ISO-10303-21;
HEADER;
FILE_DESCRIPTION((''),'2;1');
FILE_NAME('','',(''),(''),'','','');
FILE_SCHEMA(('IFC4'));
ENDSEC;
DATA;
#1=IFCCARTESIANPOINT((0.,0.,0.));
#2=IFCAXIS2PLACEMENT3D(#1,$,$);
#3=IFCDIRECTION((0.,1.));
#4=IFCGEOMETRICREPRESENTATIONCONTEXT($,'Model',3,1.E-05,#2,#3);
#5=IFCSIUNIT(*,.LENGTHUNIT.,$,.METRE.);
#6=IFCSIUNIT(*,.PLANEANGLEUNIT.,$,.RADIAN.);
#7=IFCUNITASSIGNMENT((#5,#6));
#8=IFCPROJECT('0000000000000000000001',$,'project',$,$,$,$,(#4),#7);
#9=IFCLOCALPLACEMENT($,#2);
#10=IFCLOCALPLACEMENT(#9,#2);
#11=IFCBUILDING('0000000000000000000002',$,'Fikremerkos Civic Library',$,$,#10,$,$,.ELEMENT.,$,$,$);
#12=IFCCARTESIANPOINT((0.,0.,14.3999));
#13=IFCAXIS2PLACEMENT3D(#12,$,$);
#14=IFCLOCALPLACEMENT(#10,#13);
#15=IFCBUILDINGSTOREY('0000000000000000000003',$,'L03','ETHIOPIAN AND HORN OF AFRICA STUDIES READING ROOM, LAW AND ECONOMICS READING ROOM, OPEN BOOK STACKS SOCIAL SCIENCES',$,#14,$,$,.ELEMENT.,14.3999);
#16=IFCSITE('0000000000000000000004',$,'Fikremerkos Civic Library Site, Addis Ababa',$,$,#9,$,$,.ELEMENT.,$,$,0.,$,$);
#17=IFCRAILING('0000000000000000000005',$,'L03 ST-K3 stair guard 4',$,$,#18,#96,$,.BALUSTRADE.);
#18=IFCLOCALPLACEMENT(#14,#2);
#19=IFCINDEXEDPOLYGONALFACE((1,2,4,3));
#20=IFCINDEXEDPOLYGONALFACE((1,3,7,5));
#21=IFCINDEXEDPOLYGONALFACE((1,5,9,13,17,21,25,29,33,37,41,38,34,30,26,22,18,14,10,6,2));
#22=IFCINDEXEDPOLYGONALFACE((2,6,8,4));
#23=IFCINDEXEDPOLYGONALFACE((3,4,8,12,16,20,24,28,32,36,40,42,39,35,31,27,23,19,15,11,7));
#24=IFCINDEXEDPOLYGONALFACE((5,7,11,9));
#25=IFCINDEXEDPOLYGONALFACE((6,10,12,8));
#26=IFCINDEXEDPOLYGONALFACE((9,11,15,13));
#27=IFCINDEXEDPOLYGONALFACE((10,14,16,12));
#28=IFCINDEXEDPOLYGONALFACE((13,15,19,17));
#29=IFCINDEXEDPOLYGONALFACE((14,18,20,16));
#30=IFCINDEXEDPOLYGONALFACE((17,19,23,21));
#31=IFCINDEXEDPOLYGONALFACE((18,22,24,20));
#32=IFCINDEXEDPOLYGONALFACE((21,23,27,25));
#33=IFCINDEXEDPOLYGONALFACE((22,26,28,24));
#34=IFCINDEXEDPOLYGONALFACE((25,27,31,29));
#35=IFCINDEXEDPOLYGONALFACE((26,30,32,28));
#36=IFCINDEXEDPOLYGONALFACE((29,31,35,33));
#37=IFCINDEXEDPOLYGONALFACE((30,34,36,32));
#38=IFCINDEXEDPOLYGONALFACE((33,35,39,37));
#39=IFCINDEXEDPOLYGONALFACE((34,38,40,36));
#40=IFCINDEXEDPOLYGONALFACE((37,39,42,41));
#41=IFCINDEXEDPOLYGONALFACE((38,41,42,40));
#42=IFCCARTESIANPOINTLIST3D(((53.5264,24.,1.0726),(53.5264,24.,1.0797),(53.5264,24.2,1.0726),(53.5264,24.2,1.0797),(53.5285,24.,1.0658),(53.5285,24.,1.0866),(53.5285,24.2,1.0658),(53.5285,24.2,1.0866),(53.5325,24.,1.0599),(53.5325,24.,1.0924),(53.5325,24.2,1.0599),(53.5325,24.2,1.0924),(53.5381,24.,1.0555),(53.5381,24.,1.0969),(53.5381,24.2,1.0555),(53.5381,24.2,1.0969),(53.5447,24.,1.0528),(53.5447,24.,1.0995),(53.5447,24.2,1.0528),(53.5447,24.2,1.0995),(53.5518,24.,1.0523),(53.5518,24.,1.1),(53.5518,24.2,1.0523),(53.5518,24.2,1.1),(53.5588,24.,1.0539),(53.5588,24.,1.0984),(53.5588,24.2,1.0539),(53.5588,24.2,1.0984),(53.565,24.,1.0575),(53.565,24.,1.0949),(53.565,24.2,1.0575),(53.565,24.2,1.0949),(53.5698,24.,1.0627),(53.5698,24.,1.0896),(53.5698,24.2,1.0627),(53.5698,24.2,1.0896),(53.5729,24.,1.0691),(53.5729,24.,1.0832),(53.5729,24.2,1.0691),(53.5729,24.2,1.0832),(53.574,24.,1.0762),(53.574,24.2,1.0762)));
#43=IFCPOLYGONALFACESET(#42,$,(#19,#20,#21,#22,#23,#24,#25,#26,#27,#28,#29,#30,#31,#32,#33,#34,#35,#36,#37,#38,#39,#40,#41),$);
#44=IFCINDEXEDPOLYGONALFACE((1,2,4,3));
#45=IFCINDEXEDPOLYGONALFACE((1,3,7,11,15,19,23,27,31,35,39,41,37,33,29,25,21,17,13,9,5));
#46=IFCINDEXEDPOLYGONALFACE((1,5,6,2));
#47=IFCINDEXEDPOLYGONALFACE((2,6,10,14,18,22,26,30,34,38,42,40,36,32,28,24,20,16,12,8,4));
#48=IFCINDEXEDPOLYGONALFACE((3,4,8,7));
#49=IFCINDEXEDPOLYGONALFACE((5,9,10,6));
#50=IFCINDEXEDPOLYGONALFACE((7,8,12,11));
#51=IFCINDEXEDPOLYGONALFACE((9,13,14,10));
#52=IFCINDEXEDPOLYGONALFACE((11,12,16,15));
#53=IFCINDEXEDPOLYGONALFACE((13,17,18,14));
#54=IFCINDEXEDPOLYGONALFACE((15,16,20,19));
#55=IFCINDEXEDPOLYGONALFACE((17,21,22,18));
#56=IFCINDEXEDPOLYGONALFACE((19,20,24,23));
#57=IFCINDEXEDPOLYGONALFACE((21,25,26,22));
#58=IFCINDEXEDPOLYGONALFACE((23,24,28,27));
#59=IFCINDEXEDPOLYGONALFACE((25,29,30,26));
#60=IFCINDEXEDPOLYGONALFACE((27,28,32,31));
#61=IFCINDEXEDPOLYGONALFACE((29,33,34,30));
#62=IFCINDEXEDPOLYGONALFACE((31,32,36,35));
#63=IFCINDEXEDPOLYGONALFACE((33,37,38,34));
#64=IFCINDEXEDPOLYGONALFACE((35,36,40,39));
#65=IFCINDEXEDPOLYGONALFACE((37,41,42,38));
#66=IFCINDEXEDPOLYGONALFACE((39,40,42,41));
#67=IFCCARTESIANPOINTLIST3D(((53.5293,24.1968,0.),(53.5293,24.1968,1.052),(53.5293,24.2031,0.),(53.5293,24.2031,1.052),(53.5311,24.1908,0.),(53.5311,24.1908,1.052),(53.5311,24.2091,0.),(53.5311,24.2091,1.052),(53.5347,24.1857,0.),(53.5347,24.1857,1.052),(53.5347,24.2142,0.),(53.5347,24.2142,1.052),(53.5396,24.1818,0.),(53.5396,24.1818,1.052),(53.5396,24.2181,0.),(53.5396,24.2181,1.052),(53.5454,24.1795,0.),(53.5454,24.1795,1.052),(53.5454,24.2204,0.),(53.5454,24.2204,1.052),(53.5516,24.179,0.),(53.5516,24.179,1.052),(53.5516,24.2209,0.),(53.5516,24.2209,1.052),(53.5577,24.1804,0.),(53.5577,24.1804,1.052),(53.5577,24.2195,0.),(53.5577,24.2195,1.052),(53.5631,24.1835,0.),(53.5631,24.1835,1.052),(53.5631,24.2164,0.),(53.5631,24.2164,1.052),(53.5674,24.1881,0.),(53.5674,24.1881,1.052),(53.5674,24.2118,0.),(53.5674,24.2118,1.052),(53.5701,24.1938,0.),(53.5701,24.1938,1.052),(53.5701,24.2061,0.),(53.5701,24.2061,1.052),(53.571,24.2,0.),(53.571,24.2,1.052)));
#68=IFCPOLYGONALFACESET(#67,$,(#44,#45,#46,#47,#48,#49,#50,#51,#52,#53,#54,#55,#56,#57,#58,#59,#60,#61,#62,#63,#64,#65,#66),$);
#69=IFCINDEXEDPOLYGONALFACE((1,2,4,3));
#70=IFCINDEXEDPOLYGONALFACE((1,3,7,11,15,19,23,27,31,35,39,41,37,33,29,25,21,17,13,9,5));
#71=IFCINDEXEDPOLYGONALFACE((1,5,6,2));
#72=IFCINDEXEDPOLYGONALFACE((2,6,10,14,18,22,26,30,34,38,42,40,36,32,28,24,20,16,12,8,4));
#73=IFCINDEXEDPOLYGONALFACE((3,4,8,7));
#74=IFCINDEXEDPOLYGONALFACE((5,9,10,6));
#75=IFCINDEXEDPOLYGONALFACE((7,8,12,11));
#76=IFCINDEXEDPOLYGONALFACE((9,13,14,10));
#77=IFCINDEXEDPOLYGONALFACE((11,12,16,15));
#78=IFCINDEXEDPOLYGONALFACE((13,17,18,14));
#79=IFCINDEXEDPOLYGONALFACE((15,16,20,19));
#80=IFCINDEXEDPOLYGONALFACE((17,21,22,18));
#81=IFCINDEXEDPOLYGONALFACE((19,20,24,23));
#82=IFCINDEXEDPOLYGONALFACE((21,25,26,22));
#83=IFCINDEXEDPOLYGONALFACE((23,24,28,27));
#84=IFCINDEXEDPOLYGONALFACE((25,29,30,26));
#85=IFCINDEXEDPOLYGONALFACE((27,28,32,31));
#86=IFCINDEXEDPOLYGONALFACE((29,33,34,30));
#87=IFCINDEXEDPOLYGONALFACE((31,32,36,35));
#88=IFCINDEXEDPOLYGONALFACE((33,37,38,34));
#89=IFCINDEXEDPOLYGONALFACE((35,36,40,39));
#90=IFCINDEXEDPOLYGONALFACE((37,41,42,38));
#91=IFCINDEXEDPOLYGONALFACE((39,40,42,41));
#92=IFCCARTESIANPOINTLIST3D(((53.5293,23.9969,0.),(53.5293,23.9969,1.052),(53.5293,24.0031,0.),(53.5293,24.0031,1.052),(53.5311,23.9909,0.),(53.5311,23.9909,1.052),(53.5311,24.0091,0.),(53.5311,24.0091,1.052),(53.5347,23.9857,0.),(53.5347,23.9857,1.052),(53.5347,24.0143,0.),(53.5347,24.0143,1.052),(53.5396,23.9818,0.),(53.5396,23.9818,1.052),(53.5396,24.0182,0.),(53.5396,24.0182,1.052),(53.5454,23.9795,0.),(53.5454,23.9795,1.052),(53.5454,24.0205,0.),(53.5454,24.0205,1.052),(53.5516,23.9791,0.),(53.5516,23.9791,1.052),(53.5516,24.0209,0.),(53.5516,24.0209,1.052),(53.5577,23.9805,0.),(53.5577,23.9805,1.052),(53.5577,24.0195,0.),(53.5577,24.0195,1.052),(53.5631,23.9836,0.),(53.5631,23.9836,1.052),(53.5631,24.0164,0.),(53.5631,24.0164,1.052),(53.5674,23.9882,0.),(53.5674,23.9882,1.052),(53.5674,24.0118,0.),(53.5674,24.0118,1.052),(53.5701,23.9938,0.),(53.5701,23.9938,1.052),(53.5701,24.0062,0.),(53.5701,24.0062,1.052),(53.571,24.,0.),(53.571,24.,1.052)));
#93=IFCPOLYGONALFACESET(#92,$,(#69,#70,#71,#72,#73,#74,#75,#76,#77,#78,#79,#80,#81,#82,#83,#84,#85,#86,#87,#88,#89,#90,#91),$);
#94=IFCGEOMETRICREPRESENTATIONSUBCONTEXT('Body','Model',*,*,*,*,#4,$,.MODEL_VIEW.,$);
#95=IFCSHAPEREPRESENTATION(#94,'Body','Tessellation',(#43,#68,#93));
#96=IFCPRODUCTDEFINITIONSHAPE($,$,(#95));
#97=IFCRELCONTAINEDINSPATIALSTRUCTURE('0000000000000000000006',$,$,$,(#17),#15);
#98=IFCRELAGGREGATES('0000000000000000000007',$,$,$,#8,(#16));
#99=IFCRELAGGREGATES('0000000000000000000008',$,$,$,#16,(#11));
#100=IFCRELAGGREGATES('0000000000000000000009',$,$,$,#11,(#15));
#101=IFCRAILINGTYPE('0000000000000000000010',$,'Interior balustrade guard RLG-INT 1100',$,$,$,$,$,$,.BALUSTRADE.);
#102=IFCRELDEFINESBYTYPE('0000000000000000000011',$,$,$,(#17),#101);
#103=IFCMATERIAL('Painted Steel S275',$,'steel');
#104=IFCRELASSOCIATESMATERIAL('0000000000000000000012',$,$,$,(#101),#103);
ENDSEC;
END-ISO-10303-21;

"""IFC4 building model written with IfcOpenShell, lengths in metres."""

from ifc_helpers import new_model, si_unit, direction, frame, origin, origin_2d, place, context, subcontext, project, spatial, circle, extrude, material, type_object, element, save


model = new_model("IFC4")

# Units and contexts
model_context = context("Model", 3, precision=1e-05, world=origin(), true_north=direction((0.0, 1.0)))
body_context = subcontext(model_context, "Body", "Model", "MODEL_VIEW")
ifc_project = project(units=[si_unit("LENGTHUNIT", "METRE"), si_unit("PLANEANGLEUNIT", "RADIAN")], contexts=[model_context])

# Site, building, storey
site_placement = place(None, origin())
site = spatial("IfcSite", under=ifc_project, at=site_placement, Name="Fikremerkos Civic Library Site, Addis Ababa", CompositionType="ELEMENT", RefElevation=0.0)
building_placement = place(site_placement, origin())
building = spatial("IfcBuilding", under=site, at=building_placement, Name="Fikremerkos Civic Library", CompositionType="ELEMENT")
storey_placement = place(building_placement, frame((0.0, 0.0, 14.3999)))
storey = spatial("IfcBuildingStorey", under=building, at=storey_placement, Name="L03", Description="ETHIOPIAN AND HORN OF AFRICA STUDIES READING ROOM, LAW AND ECONOMICS READING ROOM, OPEN BOOK STACKS SOCIAL SCIENCES", CompositionType="ELEMENT", Elevation=14.3999)

# Railing
ifc_material_1 = material(Name="Painted Steel S275", Category="steel")
railing_type_1 = type_object("IfcRailingType", Name="Interior balustrade guard RLG-INT 1100", PredefinedType="BALUSTRADE", material=ifc_material_1)
railing_1_placement = place(storey_placement, frame((53.55, 24.2, 0.0)))
element("IfcRailing", 1, at=railing_1_placement, inside=storey, type_object=railing_type_1, Name="L03 ST-K3 stair guard 4", PredefinedType="BALUSTRADE", context=body_context, shape_type="SweptSolid", body=[
    extrude(circle(Radius=0.0239, at=origin_2d()), frame((0.0, 0.0, 1.0762), z_axis=(0.0, -1.0, 0.0), x_axis=(1.0, 0.0, 0.0)), (0.0, 0.0, 1.0), 0.2),
    extrude(circle(Radius=0.021, at=origin_2d()), origin(), (0.0, 0.0, 1.0), 1.052),
    extrude(circle(Radius=0.021, at=origin_2d()), frame((0.0, -0.2, 0.0)), (0.0, 0.0, 1.0), 1.052),
])

save(model, "model.ifc")
